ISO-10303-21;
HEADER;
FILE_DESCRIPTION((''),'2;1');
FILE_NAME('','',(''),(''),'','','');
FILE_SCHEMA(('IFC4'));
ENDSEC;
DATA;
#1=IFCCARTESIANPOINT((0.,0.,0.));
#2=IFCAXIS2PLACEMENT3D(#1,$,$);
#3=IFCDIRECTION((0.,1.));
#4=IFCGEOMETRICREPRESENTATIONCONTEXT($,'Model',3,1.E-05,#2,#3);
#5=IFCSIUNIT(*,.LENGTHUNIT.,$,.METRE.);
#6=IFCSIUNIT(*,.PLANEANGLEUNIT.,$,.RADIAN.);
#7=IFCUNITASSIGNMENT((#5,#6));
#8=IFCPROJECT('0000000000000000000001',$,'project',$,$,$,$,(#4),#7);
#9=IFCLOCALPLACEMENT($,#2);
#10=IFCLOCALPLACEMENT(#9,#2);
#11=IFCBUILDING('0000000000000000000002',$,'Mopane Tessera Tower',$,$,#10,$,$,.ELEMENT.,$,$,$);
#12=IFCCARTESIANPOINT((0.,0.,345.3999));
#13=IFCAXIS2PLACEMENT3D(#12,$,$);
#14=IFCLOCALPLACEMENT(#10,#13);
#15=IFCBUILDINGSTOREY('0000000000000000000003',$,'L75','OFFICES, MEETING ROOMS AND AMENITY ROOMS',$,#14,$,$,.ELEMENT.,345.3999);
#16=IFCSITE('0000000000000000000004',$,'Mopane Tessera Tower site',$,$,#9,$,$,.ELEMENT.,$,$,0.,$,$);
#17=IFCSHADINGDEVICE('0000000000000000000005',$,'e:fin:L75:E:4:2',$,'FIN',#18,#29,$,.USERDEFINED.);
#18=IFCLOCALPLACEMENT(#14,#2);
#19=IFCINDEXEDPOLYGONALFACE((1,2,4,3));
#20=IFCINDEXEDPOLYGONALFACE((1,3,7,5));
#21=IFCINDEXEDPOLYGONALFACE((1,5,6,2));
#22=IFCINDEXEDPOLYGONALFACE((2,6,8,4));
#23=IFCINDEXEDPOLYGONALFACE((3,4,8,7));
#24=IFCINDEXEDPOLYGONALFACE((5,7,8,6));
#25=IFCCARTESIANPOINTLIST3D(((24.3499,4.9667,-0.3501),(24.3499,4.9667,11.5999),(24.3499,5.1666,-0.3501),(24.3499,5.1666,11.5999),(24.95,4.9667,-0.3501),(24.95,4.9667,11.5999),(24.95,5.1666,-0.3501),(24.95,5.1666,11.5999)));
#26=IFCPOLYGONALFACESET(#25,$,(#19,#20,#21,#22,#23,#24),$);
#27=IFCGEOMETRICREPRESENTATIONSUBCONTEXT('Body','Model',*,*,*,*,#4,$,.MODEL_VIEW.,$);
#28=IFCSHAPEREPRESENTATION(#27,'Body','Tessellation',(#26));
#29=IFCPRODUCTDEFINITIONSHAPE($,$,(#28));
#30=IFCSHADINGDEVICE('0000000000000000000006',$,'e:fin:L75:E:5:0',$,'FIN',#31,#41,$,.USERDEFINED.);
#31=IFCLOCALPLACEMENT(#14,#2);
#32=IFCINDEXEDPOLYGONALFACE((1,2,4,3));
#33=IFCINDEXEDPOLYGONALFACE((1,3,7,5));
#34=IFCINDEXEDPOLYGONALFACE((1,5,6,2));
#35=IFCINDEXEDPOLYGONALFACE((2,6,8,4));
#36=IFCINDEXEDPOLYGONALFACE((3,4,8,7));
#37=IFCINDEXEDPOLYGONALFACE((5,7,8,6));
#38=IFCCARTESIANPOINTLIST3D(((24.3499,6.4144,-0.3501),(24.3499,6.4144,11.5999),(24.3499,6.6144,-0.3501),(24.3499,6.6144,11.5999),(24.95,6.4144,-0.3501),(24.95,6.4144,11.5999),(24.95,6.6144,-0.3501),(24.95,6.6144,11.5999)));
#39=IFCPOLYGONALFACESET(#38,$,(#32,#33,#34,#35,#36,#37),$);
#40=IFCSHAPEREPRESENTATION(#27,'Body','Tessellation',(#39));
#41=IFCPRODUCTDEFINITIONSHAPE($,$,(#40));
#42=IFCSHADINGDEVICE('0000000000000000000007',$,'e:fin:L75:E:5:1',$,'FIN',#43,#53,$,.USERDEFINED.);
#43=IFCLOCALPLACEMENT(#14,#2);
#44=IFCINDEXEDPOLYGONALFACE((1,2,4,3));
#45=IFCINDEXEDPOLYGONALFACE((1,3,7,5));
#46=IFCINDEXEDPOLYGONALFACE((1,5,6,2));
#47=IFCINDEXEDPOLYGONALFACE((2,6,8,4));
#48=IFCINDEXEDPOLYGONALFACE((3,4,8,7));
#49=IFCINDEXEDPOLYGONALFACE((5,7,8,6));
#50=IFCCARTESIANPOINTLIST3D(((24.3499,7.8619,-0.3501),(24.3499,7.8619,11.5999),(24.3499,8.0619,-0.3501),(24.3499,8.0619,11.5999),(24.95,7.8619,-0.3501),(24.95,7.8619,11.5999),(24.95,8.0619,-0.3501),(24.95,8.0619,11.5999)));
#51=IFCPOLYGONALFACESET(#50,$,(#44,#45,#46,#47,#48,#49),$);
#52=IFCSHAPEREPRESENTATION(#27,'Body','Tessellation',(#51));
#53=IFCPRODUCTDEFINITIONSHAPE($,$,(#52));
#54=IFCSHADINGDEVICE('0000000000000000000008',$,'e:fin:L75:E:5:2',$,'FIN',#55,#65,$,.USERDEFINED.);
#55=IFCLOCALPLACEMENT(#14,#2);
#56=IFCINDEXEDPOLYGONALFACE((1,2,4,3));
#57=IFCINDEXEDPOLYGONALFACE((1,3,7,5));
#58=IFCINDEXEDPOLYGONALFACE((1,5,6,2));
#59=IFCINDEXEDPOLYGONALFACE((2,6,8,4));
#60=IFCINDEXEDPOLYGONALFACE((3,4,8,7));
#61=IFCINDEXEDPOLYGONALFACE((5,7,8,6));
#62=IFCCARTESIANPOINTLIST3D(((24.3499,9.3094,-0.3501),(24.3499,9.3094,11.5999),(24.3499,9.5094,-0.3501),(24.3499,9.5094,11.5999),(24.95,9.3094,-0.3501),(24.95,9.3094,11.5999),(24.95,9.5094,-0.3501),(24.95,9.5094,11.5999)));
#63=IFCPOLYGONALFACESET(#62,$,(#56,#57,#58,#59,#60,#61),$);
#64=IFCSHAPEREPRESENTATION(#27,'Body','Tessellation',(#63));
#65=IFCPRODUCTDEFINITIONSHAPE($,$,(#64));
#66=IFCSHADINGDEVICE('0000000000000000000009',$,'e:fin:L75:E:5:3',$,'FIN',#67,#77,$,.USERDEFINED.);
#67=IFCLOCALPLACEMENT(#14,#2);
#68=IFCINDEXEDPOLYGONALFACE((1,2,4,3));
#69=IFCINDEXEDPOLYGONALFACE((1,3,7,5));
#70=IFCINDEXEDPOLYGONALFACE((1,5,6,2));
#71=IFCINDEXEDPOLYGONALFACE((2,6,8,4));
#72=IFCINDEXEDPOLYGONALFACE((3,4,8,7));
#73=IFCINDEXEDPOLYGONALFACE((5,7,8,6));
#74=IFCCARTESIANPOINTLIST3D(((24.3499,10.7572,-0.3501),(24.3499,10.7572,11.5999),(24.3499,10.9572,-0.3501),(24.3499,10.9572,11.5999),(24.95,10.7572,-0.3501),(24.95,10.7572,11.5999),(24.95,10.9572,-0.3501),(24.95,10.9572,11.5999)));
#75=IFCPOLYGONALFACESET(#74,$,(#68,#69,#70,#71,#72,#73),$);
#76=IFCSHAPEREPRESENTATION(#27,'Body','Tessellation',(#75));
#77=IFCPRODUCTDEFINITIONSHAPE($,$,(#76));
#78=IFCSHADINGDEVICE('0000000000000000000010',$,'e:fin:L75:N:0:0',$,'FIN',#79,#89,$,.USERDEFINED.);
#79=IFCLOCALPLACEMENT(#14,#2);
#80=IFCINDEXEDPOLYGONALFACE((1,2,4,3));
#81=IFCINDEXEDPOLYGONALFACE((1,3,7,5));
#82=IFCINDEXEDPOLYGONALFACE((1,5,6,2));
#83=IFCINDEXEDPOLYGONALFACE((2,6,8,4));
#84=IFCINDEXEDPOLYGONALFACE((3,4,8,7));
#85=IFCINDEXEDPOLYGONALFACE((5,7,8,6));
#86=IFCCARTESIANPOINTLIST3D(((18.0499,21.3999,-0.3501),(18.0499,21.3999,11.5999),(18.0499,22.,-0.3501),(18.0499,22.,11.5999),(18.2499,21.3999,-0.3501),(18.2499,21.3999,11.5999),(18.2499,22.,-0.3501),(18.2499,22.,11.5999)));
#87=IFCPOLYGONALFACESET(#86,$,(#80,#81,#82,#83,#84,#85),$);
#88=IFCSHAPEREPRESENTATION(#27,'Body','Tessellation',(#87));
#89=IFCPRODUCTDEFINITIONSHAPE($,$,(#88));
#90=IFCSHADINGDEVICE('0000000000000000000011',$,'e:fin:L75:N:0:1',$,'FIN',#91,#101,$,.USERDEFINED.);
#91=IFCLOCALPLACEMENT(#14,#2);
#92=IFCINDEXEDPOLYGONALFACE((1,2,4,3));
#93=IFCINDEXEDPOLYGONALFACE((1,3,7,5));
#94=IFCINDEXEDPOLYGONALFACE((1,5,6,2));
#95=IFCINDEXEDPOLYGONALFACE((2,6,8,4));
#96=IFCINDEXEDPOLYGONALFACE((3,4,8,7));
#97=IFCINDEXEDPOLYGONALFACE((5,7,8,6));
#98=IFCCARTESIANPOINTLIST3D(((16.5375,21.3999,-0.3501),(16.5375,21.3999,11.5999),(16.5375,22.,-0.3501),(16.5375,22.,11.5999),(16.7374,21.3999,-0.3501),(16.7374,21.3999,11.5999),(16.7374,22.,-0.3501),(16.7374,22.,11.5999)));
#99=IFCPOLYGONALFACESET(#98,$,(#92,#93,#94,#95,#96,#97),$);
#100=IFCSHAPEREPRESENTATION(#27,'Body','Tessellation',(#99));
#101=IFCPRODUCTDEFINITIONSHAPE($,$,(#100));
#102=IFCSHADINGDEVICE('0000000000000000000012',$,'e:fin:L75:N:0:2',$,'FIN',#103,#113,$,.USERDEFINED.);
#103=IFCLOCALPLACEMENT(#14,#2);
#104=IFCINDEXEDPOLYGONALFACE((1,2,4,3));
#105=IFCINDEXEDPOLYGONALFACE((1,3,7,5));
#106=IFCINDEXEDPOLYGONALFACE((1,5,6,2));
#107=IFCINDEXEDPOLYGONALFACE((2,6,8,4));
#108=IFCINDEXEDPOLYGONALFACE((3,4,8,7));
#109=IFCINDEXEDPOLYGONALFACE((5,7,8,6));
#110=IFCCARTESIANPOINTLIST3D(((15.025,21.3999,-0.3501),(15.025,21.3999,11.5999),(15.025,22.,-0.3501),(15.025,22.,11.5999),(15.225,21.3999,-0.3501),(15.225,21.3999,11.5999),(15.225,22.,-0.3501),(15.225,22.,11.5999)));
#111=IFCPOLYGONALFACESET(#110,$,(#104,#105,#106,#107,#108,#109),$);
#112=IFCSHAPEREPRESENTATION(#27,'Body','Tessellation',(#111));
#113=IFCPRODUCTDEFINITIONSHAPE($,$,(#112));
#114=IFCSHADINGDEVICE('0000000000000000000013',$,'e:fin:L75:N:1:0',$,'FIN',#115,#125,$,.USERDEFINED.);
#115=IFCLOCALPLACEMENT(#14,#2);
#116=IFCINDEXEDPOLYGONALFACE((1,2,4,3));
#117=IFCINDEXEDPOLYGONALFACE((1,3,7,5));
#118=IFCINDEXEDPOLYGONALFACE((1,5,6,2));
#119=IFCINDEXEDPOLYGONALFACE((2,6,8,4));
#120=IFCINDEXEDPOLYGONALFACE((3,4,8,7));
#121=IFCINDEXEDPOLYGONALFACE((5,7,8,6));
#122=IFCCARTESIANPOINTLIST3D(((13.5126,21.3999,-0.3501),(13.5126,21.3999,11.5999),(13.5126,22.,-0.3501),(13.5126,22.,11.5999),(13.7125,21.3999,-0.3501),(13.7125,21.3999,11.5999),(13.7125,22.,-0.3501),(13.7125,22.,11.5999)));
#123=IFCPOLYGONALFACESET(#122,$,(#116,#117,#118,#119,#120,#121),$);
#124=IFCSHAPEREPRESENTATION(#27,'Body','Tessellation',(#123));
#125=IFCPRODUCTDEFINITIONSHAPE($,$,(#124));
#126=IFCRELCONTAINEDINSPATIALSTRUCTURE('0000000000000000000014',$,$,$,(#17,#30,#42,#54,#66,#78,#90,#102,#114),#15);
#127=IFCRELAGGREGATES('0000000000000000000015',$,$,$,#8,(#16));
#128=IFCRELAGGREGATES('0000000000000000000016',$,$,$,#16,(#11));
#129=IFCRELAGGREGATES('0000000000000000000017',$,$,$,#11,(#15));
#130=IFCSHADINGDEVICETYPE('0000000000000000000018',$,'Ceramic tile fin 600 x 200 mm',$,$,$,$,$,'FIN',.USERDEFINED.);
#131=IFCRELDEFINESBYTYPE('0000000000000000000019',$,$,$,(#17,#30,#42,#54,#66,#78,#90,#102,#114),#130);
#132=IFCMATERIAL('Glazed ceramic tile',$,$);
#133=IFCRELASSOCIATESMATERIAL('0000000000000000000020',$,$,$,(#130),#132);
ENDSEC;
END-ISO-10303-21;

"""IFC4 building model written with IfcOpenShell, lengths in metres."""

from ifc_helpers import new_model, si_unit, direction, frame, origin, origin_2d, place, context, subcontext, project, spatial, rectangle, extrude, material, type_object, element, save


model = new_model("IFC4")

# Units and contexts
model_context = context("Model", 3, precision=1e-05, world=origin(), true_north=direction((0.0, 1.0)))
body_context = subcontext(model_context, "Body", "Model", "MODEL_VIEW")
ifc_project = project(units=[si_unit("LENGTHUNIT", "METRE"), si_unit("PLANEANGLEUNIT", "RADIAN")], contexts=[model_context])

# Site, building, storey
site_placement = place(None, origin())
site = spatial("IfcSite", under=ifc_project, at=site_placement, Name="Mopane Tessera Tower site", CompositionType="ELEMENT", RefElevation=0.0)
building_placement = place(site_placement, origin())
building = spatial("IfcBuilding", under=site, at=building_placement, Name="Mopane Tessera Tower", CompositionType="ELEMENT")
storey_placement = place(building_placement, frame((0.0, 0.0, 345.3999)))
storey = spatial("IfcBuildingStorey", under=building, at=storey_placement, Name="L75", Description="OFFICES, MEETING ROOMS AND AMENITY ROOMS", CompositionType="ELEMENT", Elevation=345.3999)

# Shading devices
ifc_material_1 = material(Name="Glazed ceramic tile")
shading_device_type = type_object("IfcShadingDeviceType", Name="Ceramic tile fin 600 x 200 mm", ElementType="FIN", PredefinedType="USERDEFINED", material=ifc_material_1)
for number, where, z_axis, x_axis, name in (
    (1, (24.6499, 5.0667, -0.3501), (0.0, 0.0, 1.0), (0.0, 1.0, 0.0), "e:fin:L75:E:4:2"),
    (2, (24.6499, 6.5144, -0.3501), (0.0, 0.0, 1.0), (0.0, 1.0, 0.0), "e:fin:L75:E:5:0"),
    (3, (24.6499, 7.9619, -0.3501), (0.0, 0.0, 1.0), (0.0, 1.0, 0.0), "e:fin:L75:E:5:1"),
    (4, (24.6499, 9.4094, -0.3501), (0.0, 0.0, 1.0), (0.0, 1.0, 0.0), "e:fin:L75:E:5:2"),
    (5, (24.6499, 10.8572, -0.3501), (0.0, 0.0, 1.0), (0.0, 1.0, 0.0), "e:fin:L75:E:5:3"),
    (6, (18.1499, 21.7, -0.3501), (0.0, 0.0, 1.0), (-1.0, 0.0, 0.0), "e:fin:L75:N:0:0"),
    (7, (16.6375, 21.7, -0.3501), (0.0, 0.0, 1.0), (-1.0, 0.0, 0.0), "e:fin:L75:N:0:1"),
    (8, (15.125, 21.7, -0.3501), (0.0, 0.0, 1.0), (-1.0, 0.0, 0.0), "e:fin:L75:N:0:2"),
    (9, (13.6125, 21.7, -0.3501), (0.0, 0.0, 1.0), (-1.0, 0.0, 0.0), "e:fin:L75:N:1:0"),
):
    element("IfcShadingDevice", number, at=place(storey_placement, frame(where, z_axis=z_axis, x_axis=x_axis)), inside=storey, type_object=shading_device_type, Name=name, ObjectType="FIN", PredefinedType="USERDEFINED", context=body_context, shape_type="SweptSolid", body=[
        extrude(rectangle(XDim=0.2, YDim=0.6001, at=origin_2d()), origin(), (0.0, 0.0, 1.0), 11.95),
    ])

save(model, "model.ifc")
